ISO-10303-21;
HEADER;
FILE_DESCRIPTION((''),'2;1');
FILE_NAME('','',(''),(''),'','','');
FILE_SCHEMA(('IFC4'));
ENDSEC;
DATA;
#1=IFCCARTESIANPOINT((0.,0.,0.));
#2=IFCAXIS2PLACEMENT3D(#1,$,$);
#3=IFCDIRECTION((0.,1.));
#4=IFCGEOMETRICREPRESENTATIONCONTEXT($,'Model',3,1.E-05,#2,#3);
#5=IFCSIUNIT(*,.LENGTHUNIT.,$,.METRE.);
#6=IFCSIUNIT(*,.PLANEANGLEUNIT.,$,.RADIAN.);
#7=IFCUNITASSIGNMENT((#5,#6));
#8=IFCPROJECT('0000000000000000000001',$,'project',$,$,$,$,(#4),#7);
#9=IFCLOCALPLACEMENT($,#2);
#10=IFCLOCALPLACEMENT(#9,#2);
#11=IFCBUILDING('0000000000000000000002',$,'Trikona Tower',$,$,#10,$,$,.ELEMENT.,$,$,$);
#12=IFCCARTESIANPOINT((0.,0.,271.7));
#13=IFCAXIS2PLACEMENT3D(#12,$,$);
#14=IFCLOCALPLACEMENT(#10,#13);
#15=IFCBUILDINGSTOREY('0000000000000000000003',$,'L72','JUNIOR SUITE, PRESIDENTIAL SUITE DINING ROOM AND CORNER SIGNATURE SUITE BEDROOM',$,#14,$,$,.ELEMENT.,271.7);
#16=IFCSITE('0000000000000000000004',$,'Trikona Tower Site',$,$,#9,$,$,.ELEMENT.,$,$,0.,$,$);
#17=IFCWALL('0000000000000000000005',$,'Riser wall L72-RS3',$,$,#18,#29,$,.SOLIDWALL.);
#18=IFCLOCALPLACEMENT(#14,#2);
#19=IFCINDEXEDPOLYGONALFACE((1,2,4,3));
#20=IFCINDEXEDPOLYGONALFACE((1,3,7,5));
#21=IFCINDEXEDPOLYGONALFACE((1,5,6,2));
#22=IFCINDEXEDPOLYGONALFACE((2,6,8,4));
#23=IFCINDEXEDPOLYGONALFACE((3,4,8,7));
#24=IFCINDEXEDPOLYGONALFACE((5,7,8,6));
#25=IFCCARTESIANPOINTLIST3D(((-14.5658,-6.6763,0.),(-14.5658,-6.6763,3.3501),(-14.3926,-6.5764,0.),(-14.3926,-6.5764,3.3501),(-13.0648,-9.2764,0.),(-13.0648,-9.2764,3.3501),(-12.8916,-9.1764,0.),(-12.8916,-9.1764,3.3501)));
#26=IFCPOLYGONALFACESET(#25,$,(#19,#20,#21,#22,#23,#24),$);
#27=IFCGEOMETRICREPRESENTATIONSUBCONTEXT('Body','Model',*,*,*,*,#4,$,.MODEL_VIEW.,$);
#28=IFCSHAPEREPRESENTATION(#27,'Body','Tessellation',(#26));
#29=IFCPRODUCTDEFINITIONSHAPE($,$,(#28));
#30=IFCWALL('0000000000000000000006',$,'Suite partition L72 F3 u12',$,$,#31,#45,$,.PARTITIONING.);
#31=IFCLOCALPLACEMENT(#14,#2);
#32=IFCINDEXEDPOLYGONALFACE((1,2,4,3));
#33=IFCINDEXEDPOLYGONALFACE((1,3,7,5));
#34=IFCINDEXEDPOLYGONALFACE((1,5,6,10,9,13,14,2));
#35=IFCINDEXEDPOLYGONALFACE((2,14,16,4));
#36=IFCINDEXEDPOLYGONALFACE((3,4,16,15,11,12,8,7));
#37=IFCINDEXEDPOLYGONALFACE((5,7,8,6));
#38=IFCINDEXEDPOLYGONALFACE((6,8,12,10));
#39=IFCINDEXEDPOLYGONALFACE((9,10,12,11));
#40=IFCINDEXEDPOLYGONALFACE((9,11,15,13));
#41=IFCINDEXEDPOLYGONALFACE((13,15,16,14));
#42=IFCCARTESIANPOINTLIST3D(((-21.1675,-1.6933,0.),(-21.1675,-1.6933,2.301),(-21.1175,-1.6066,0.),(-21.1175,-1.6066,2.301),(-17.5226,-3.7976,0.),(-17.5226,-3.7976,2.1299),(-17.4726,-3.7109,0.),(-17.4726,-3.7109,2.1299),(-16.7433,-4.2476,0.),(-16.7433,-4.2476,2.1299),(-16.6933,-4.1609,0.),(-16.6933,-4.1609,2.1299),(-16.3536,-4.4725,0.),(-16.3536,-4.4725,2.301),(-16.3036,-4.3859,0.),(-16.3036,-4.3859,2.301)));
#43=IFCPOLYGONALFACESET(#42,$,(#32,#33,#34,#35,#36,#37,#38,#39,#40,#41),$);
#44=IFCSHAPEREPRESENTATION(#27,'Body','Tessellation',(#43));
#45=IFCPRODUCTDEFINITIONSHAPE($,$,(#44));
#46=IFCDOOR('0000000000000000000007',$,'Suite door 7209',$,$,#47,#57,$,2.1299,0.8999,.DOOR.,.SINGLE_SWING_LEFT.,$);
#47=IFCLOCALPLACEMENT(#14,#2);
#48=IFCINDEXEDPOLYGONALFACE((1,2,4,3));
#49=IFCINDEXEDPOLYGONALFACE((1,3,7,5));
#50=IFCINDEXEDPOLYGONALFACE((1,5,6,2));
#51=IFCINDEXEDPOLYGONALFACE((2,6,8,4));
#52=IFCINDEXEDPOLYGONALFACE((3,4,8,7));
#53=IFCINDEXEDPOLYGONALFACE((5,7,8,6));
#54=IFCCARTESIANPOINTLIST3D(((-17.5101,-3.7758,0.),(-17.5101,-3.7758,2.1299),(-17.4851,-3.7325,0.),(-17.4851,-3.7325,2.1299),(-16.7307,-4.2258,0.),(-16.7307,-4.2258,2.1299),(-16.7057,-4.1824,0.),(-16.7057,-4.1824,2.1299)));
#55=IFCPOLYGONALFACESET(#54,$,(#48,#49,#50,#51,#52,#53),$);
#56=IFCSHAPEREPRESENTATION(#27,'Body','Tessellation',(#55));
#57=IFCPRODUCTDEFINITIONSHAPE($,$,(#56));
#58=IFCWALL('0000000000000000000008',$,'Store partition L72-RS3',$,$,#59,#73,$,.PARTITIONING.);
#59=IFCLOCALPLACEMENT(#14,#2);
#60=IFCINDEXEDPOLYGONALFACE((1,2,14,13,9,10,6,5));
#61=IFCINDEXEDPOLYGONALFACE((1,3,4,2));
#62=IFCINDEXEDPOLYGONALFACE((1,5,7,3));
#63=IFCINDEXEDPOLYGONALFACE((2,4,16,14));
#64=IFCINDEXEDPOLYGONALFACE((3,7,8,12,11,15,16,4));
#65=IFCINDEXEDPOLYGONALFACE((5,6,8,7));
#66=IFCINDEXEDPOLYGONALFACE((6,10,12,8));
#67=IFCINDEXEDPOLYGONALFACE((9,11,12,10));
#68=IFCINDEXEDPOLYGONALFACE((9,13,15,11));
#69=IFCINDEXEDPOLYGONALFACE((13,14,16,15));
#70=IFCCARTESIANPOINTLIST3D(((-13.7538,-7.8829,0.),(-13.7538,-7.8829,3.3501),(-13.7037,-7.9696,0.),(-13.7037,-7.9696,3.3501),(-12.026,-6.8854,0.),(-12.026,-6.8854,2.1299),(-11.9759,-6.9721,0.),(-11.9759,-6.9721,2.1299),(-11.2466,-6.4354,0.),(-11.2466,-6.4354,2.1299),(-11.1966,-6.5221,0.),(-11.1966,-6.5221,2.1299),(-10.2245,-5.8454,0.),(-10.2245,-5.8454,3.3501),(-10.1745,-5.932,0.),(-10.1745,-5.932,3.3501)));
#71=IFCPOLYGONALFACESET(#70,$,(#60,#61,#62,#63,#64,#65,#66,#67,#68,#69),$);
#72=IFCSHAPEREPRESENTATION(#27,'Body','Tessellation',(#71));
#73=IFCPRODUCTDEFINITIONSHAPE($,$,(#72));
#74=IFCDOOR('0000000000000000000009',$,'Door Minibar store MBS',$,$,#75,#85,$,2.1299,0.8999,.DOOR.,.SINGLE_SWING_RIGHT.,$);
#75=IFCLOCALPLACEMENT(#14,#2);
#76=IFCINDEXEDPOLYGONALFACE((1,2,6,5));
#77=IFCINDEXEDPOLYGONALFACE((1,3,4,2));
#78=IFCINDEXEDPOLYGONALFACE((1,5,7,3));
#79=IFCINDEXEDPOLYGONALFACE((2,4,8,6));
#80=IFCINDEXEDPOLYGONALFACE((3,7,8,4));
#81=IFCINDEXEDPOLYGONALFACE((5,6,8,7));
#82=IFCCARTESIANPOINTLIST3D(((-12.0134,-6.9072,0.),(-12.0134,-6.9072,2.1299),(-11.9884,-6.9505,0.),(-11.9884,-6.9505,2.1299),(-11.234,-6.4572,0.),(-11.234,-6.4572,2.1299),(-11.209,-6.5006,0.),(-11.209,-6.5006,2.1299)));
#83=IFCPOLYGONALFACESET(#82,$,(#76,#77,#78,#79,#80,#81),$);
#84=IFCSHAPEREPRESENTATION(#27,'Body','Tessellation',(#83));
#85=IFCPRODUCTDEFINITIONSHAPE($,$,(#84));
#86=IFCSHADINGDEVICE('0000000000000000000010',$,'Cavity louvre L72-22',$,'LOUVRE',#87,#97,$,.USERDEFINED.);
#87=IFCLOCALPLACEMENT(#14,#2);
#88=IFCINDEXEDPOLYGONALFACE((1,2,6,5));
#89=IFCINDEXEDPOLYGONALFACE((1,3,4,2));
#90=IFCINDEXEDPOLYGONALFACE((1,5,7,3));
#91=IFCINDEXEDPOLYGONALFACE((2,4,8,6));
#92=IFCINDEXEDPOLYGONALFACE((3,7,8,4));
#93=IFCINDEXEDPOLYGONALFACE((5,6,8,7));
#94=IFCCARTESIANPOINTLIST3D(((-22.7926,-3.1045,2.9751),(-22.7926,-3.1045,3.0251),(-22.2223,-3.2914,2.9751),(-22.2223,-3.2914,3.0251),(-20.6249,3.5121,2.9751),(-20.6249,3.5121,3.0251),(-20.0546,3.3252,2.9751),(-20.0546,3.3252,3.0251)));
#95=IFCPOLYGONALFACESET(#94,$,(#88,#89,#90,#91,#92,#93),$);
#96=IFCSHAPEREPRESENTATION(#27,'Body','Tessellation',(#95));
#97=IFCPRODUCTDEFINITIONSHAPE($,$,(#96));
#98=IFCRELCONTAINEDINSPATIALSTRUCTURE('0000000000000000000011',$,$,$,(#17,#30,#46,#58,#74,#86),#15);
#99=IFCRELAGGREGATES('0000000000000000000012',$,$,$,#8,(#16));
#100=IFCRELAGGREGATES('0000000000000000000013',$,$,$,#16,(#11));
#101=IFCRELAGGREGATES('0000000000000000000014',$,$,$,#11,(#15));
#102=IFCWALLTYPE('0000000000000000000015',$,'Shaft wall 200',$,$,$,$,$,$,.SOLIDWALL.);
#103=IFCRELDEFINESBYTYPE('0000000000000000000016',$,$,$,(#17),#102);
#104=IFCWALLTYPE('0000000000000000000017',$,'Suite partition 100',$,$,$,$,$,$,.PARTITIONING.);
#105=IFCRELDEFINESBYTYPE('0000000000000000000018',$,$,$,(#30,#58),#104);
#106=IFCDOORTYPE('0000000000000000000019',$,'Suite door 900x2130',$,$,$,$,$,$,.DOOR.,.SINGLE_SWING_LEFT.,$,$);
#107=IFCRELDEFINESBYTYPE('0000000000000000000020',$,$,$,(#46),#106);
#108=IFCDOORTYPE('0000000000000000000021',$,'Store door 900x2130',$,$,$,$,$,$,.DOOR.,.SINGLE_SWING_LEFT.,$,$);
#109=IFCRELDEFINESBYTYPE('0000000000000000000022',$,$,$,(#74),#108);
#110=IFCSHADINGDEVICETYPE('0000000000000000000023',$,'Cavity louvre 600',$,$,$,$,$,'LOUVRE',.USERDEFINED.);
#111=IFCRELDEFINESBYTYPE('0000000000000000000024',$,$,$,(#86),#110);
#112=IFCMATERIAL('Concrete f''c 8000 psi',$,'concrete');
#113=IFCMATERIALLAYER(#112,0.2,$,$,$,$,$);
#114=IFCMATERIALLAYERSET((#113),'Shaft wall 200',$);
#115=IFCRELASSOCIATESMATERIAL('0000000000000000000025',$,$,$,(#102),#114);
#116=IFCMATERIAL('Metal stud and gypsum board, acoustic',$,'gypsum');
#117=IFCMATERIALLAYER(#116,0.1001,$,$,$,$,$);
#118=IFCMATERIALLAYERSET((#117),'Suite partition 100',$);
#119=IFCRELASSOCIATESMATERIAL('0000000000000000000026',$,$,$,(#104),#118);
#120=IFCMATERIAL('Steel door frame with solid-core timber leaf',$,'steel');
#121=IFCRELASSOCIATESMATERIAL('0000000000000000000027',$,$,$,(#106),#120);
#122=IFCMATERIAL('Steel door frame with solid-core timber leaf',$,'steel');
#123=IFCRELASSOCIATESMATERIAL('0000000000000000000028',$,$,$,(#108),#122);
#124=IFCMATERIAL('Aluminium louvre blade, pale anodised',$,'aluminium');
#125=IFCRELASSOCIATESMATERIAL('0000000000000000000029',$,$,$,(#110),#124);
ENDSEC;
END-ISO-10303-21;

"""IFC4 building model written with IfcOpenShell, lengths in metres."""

from ifc_helpers import new_model, si_unit, direction, frame, frame_2d, origin, origin_2d, place, context, subcontext, project, spatial, rectangle, extrude, material, layer, layer_set, type_object, element, fill, save


model = new_model("IFC4")

# Units and contexts
model_context = context("Model", 3, precision=1e-05, world=origin(), true_north=direction((0.0, 1.0)))
body_context = subcontext(model_context, "Body", "Model", "MODEL_VIEW")
ifc_project = project(units=[si_unit("LENGTHUNIT", "METRE"), si_unit("PLANEANGLEUNIT", "RADIAN")], contexts=[model_context])

# Site, building, storey
site_placement = place(None, origin())
site = spatial("IfcSite", under=ifc_project, at=site_placement, Name="Trikona Tower Site", CompositionType="ELEMENT", RefElevation=0.0)
building_placement = place(site_placement, origin())
building = spatial("IfcBuilding", under=site, at=building_placement, Name="Trikona Tower", CompositionType="ELEMENT")
storey_placement = place(building_placement, frame((0.0, 0.0, 271.7)))
storey = spatial("IfcBuildingStorey", under=building, at=storey_placement, Name="L72", Description="JUNIOR SUITE, PRESIDENTIAL SUITE DINING ROOM AND CORNER SIGNATURE SUITE BEDROOM", CompositionType="ELEMENT", Elevation=271.7)

# Wall
ifc_material_1 = material(Name="Concrete f'c 8000 psi", Category="concrete")
ifc_layer_1 = layer(ifc_material_1, 0.2)
ifc_layer_set_1 = layer_set([ifc_layer_1], Name="Shaft wall 200")
wall_type_1 = type_object("IfcWallType", Name="Shaft wall 200", PredefinedType="SOLIDWALL", material=ifc_layer_set_1)
wall_1_placement = place(storey_placement, frame((-12.9783, -9.2263, 0.0), z_axis=(0.0, 0.0, 1.0), x_axis=(-0.499952, 0.866053, 0.0)))
element("IfcWall", 1, at=wall_1_placement, inside=storey, type_object=wall_type_1, Name="Riser wall L72-RS3", PredefinedType="SOLIDWALL", context=body_context, shape_type="SweptSolid", body=[
    extrude(rectangle(XDim=3.0022, YDim=0.2, at=frame_2d((1.501, 0.0))), origin(), (0.0, 0.0, 1.0), 3.3501),
])

# Walls, openings, doors
ifc_material_2 = material(Name="Metal stud and gypsum board, acoustic", Category="gypsum")
ifc_layer_2 = layer(ifc_material_2, 0.1001)
ifc_layer_set_2 = layer_set([ifc_layer_2], Name="Suite partition 100")
wall_type_2 = type_object("IfcWallType", Name="Suite partition 100", PredefinedType="PARTITIONING", material=ifc_layer_set_2)
wall_2_placement = place(storey_placement, frame((-16.3286, -4.4292, 0.0), z_axis=(0.0, 0.0, 1.0), x_axis=(-0.866029, 0.499994, 0.0)))
wall_2 = element("IfcWall", 2, at=wall_2_placement, inside=storey, type_object=wall_type_2, Name="Suite partition L72 F3 u12", PredefinedType="PARTITIONING", context=body_context, shape_type="SweptSolid", body=[
    extrude(rectangle(XDim=5.5586, YDim=0.1001, at=frame_2d((2.7793, 0.0))), origin(), (0.0, 0.0, 1.0), 2.301),
])
opening_1_placement = place(wall_2_placement, frame((0.45, 0.0, 0.0)))
opening_1 = element("IfcOpeningElement", 3, at=opening_1_placement, cuts=wall_2, PredefinedType="OPENING", context=body_context, shape_type="SweptSolid", body=[
    extrude(rectangle(XDim=0.8999, YDim=2.1299, at=frame_2d((0.45, 1.0649))), frame((0.0, 0.0601, 0.0), z_axis=(0.0, -1.0, 0.0), x_axis=(1.0, 0.0, 0.0)), (0.0, 0.0, 1.0), 0.1201),
])
ifc_material_3 = material(Name="Steel door frame with solid-core timber leaf", Category="steel")
door_type_1 = type_object("IfcDoorType", Name="Suite door 900x2130", OperationType="SINGLE_SWING_LEFT", PredefinedType="DOOR", material=ifc_material_3)
door_1_placement = place(opening_1_placement, origin())
door_1 = element("IfcDoor", 4, at=door_1_placement, inside=storey, type_object=door_type_1, Name="Suite door 7209", OperationType="SINGLE_SWING_LEFT", OverallHeight=2.1299, OverallWidth=0.8999, PredefinedType="DOOR", context=body_context, shape_type="SweptSolid", body=[
    extrude(rectangle(XDim=0.8999, YDim=2.1299, at=frame_2d((0.45, 1.0649))), frame((0.0, 0.0249, 0.0), z_axis=(0.0, -1.0, 0.0), x_axis=(1.0, 0.0, 0.0)), (0.0, 0.0, 1.0), 0.05),
])
fill(opening_1, door_1)
wall_3_placement = place(storey_placement, frame((-13.7288, -7.9263, 0.0), z_axis=(0.0, 0.0, 1.0), x_axis=(0.86603, 0.499992, 0.0)))
wall_3 = element("IfcWall", 5, at=wall_3_placement, inside=storey, type_object=wall_type_2, Name="Store partition L72-RS3", PredefinedType="PARTITIONING", context=body_context, shape_type="SweptSolid", body=[
    extrude(rectangle(XDim=4.0752, YDim=0.1001, at=frame_2d((2.0376, 0.0))), origin(), (0.0, 0.0, 1.0), 3.3501),
])
opening_2_placement = place(wall_3_placement, frame((1.9951, 0.0, 0.0)))
opening_2 = element("IfcOpeningElement", 6, at=opening_2_placement, cuts=wall_3, PredefinedType="OPENING", context=body_context, shape_type="SweptSolid", body=[
    extrude(rectangle(XDim=0.8999, YDim=2.1299, at=frame_2d((0.45, 1.0649))), frame((0.0, 0.0601, 0.0), z_axis=(0.0, -1.0, 0.0), x_axis=(1.0, 0.0, 0.0)), (0.0, 0.0, 1.0), 0.1201),
])
ifc_material_4 = material(Name="Steel door frame with solid-core timber leaf", Category="steel")
door_type_2 = type_object("IfcDoorType", Name="Store door 900x2130", OperationType="SINGLE_SWING_LEFT", PredefinedType="DOOR", material=ifc_material_4)
door_2_placement = place(opening_2_placement, origin())
door_2 = element("IfcDoor", 7, at=door_2_placement, inside=storey, type_object=door_type_2, Name="Door Minibar store MBS", OperationType="SINGLE_SWING_RIGHT", OverallHeight=2.1299, OverallWidth=0.8999, PredefinedType="DOOR", context=body_context, shape_type="SweptSolid", body=[
    extrude(rectangle(XDim=0.8999, YDim=2.1299, at=frame_2d((0.45, 1.0649))), frame((0.0, 0.0249, 0.0), z_axis=(0.0, -1.0, 0.0), x_axis=(1.0, 0.0, 0.0)), (0.0, 0.0, 1.0), 0.05),
])
fill(opening_2, door_2)

# Shading device
ifc_material_5 = material(Name="Aluminium louvre blade, pale anodised", Category="aluminium")
shading_device_type = type_object("IfcShadingDeviceType", Name="Cavity louvre 600", ElementType="LOUVRE", PredefinedType="USERDEFINED", material=ifc_material_5)
shading_device_placement = place(storey_placement, frame((-21.4236, 0.1104, 2.9751), z_axis=(0.0, 0.0, 1.0), x_axis=(-0.311337, -0.9503, 0.0)))
element("IfcShadingDevice", 8, at=shading_device_placement, inside=storey, type_object=shading_device_type, Name="Cavity louvre L72-22", ObjectType="LOUVRE", PredefinedType="USERDEFINED", context=body_context, shape_type="SweptSolid", body=[
    extrude(rectangle(XDim=6.9626, YDim=0.6001, at=origin_2d()), origin(), (0.0, 0.0, 1.0), 0.05),
])

save(model, "model.ifc")
